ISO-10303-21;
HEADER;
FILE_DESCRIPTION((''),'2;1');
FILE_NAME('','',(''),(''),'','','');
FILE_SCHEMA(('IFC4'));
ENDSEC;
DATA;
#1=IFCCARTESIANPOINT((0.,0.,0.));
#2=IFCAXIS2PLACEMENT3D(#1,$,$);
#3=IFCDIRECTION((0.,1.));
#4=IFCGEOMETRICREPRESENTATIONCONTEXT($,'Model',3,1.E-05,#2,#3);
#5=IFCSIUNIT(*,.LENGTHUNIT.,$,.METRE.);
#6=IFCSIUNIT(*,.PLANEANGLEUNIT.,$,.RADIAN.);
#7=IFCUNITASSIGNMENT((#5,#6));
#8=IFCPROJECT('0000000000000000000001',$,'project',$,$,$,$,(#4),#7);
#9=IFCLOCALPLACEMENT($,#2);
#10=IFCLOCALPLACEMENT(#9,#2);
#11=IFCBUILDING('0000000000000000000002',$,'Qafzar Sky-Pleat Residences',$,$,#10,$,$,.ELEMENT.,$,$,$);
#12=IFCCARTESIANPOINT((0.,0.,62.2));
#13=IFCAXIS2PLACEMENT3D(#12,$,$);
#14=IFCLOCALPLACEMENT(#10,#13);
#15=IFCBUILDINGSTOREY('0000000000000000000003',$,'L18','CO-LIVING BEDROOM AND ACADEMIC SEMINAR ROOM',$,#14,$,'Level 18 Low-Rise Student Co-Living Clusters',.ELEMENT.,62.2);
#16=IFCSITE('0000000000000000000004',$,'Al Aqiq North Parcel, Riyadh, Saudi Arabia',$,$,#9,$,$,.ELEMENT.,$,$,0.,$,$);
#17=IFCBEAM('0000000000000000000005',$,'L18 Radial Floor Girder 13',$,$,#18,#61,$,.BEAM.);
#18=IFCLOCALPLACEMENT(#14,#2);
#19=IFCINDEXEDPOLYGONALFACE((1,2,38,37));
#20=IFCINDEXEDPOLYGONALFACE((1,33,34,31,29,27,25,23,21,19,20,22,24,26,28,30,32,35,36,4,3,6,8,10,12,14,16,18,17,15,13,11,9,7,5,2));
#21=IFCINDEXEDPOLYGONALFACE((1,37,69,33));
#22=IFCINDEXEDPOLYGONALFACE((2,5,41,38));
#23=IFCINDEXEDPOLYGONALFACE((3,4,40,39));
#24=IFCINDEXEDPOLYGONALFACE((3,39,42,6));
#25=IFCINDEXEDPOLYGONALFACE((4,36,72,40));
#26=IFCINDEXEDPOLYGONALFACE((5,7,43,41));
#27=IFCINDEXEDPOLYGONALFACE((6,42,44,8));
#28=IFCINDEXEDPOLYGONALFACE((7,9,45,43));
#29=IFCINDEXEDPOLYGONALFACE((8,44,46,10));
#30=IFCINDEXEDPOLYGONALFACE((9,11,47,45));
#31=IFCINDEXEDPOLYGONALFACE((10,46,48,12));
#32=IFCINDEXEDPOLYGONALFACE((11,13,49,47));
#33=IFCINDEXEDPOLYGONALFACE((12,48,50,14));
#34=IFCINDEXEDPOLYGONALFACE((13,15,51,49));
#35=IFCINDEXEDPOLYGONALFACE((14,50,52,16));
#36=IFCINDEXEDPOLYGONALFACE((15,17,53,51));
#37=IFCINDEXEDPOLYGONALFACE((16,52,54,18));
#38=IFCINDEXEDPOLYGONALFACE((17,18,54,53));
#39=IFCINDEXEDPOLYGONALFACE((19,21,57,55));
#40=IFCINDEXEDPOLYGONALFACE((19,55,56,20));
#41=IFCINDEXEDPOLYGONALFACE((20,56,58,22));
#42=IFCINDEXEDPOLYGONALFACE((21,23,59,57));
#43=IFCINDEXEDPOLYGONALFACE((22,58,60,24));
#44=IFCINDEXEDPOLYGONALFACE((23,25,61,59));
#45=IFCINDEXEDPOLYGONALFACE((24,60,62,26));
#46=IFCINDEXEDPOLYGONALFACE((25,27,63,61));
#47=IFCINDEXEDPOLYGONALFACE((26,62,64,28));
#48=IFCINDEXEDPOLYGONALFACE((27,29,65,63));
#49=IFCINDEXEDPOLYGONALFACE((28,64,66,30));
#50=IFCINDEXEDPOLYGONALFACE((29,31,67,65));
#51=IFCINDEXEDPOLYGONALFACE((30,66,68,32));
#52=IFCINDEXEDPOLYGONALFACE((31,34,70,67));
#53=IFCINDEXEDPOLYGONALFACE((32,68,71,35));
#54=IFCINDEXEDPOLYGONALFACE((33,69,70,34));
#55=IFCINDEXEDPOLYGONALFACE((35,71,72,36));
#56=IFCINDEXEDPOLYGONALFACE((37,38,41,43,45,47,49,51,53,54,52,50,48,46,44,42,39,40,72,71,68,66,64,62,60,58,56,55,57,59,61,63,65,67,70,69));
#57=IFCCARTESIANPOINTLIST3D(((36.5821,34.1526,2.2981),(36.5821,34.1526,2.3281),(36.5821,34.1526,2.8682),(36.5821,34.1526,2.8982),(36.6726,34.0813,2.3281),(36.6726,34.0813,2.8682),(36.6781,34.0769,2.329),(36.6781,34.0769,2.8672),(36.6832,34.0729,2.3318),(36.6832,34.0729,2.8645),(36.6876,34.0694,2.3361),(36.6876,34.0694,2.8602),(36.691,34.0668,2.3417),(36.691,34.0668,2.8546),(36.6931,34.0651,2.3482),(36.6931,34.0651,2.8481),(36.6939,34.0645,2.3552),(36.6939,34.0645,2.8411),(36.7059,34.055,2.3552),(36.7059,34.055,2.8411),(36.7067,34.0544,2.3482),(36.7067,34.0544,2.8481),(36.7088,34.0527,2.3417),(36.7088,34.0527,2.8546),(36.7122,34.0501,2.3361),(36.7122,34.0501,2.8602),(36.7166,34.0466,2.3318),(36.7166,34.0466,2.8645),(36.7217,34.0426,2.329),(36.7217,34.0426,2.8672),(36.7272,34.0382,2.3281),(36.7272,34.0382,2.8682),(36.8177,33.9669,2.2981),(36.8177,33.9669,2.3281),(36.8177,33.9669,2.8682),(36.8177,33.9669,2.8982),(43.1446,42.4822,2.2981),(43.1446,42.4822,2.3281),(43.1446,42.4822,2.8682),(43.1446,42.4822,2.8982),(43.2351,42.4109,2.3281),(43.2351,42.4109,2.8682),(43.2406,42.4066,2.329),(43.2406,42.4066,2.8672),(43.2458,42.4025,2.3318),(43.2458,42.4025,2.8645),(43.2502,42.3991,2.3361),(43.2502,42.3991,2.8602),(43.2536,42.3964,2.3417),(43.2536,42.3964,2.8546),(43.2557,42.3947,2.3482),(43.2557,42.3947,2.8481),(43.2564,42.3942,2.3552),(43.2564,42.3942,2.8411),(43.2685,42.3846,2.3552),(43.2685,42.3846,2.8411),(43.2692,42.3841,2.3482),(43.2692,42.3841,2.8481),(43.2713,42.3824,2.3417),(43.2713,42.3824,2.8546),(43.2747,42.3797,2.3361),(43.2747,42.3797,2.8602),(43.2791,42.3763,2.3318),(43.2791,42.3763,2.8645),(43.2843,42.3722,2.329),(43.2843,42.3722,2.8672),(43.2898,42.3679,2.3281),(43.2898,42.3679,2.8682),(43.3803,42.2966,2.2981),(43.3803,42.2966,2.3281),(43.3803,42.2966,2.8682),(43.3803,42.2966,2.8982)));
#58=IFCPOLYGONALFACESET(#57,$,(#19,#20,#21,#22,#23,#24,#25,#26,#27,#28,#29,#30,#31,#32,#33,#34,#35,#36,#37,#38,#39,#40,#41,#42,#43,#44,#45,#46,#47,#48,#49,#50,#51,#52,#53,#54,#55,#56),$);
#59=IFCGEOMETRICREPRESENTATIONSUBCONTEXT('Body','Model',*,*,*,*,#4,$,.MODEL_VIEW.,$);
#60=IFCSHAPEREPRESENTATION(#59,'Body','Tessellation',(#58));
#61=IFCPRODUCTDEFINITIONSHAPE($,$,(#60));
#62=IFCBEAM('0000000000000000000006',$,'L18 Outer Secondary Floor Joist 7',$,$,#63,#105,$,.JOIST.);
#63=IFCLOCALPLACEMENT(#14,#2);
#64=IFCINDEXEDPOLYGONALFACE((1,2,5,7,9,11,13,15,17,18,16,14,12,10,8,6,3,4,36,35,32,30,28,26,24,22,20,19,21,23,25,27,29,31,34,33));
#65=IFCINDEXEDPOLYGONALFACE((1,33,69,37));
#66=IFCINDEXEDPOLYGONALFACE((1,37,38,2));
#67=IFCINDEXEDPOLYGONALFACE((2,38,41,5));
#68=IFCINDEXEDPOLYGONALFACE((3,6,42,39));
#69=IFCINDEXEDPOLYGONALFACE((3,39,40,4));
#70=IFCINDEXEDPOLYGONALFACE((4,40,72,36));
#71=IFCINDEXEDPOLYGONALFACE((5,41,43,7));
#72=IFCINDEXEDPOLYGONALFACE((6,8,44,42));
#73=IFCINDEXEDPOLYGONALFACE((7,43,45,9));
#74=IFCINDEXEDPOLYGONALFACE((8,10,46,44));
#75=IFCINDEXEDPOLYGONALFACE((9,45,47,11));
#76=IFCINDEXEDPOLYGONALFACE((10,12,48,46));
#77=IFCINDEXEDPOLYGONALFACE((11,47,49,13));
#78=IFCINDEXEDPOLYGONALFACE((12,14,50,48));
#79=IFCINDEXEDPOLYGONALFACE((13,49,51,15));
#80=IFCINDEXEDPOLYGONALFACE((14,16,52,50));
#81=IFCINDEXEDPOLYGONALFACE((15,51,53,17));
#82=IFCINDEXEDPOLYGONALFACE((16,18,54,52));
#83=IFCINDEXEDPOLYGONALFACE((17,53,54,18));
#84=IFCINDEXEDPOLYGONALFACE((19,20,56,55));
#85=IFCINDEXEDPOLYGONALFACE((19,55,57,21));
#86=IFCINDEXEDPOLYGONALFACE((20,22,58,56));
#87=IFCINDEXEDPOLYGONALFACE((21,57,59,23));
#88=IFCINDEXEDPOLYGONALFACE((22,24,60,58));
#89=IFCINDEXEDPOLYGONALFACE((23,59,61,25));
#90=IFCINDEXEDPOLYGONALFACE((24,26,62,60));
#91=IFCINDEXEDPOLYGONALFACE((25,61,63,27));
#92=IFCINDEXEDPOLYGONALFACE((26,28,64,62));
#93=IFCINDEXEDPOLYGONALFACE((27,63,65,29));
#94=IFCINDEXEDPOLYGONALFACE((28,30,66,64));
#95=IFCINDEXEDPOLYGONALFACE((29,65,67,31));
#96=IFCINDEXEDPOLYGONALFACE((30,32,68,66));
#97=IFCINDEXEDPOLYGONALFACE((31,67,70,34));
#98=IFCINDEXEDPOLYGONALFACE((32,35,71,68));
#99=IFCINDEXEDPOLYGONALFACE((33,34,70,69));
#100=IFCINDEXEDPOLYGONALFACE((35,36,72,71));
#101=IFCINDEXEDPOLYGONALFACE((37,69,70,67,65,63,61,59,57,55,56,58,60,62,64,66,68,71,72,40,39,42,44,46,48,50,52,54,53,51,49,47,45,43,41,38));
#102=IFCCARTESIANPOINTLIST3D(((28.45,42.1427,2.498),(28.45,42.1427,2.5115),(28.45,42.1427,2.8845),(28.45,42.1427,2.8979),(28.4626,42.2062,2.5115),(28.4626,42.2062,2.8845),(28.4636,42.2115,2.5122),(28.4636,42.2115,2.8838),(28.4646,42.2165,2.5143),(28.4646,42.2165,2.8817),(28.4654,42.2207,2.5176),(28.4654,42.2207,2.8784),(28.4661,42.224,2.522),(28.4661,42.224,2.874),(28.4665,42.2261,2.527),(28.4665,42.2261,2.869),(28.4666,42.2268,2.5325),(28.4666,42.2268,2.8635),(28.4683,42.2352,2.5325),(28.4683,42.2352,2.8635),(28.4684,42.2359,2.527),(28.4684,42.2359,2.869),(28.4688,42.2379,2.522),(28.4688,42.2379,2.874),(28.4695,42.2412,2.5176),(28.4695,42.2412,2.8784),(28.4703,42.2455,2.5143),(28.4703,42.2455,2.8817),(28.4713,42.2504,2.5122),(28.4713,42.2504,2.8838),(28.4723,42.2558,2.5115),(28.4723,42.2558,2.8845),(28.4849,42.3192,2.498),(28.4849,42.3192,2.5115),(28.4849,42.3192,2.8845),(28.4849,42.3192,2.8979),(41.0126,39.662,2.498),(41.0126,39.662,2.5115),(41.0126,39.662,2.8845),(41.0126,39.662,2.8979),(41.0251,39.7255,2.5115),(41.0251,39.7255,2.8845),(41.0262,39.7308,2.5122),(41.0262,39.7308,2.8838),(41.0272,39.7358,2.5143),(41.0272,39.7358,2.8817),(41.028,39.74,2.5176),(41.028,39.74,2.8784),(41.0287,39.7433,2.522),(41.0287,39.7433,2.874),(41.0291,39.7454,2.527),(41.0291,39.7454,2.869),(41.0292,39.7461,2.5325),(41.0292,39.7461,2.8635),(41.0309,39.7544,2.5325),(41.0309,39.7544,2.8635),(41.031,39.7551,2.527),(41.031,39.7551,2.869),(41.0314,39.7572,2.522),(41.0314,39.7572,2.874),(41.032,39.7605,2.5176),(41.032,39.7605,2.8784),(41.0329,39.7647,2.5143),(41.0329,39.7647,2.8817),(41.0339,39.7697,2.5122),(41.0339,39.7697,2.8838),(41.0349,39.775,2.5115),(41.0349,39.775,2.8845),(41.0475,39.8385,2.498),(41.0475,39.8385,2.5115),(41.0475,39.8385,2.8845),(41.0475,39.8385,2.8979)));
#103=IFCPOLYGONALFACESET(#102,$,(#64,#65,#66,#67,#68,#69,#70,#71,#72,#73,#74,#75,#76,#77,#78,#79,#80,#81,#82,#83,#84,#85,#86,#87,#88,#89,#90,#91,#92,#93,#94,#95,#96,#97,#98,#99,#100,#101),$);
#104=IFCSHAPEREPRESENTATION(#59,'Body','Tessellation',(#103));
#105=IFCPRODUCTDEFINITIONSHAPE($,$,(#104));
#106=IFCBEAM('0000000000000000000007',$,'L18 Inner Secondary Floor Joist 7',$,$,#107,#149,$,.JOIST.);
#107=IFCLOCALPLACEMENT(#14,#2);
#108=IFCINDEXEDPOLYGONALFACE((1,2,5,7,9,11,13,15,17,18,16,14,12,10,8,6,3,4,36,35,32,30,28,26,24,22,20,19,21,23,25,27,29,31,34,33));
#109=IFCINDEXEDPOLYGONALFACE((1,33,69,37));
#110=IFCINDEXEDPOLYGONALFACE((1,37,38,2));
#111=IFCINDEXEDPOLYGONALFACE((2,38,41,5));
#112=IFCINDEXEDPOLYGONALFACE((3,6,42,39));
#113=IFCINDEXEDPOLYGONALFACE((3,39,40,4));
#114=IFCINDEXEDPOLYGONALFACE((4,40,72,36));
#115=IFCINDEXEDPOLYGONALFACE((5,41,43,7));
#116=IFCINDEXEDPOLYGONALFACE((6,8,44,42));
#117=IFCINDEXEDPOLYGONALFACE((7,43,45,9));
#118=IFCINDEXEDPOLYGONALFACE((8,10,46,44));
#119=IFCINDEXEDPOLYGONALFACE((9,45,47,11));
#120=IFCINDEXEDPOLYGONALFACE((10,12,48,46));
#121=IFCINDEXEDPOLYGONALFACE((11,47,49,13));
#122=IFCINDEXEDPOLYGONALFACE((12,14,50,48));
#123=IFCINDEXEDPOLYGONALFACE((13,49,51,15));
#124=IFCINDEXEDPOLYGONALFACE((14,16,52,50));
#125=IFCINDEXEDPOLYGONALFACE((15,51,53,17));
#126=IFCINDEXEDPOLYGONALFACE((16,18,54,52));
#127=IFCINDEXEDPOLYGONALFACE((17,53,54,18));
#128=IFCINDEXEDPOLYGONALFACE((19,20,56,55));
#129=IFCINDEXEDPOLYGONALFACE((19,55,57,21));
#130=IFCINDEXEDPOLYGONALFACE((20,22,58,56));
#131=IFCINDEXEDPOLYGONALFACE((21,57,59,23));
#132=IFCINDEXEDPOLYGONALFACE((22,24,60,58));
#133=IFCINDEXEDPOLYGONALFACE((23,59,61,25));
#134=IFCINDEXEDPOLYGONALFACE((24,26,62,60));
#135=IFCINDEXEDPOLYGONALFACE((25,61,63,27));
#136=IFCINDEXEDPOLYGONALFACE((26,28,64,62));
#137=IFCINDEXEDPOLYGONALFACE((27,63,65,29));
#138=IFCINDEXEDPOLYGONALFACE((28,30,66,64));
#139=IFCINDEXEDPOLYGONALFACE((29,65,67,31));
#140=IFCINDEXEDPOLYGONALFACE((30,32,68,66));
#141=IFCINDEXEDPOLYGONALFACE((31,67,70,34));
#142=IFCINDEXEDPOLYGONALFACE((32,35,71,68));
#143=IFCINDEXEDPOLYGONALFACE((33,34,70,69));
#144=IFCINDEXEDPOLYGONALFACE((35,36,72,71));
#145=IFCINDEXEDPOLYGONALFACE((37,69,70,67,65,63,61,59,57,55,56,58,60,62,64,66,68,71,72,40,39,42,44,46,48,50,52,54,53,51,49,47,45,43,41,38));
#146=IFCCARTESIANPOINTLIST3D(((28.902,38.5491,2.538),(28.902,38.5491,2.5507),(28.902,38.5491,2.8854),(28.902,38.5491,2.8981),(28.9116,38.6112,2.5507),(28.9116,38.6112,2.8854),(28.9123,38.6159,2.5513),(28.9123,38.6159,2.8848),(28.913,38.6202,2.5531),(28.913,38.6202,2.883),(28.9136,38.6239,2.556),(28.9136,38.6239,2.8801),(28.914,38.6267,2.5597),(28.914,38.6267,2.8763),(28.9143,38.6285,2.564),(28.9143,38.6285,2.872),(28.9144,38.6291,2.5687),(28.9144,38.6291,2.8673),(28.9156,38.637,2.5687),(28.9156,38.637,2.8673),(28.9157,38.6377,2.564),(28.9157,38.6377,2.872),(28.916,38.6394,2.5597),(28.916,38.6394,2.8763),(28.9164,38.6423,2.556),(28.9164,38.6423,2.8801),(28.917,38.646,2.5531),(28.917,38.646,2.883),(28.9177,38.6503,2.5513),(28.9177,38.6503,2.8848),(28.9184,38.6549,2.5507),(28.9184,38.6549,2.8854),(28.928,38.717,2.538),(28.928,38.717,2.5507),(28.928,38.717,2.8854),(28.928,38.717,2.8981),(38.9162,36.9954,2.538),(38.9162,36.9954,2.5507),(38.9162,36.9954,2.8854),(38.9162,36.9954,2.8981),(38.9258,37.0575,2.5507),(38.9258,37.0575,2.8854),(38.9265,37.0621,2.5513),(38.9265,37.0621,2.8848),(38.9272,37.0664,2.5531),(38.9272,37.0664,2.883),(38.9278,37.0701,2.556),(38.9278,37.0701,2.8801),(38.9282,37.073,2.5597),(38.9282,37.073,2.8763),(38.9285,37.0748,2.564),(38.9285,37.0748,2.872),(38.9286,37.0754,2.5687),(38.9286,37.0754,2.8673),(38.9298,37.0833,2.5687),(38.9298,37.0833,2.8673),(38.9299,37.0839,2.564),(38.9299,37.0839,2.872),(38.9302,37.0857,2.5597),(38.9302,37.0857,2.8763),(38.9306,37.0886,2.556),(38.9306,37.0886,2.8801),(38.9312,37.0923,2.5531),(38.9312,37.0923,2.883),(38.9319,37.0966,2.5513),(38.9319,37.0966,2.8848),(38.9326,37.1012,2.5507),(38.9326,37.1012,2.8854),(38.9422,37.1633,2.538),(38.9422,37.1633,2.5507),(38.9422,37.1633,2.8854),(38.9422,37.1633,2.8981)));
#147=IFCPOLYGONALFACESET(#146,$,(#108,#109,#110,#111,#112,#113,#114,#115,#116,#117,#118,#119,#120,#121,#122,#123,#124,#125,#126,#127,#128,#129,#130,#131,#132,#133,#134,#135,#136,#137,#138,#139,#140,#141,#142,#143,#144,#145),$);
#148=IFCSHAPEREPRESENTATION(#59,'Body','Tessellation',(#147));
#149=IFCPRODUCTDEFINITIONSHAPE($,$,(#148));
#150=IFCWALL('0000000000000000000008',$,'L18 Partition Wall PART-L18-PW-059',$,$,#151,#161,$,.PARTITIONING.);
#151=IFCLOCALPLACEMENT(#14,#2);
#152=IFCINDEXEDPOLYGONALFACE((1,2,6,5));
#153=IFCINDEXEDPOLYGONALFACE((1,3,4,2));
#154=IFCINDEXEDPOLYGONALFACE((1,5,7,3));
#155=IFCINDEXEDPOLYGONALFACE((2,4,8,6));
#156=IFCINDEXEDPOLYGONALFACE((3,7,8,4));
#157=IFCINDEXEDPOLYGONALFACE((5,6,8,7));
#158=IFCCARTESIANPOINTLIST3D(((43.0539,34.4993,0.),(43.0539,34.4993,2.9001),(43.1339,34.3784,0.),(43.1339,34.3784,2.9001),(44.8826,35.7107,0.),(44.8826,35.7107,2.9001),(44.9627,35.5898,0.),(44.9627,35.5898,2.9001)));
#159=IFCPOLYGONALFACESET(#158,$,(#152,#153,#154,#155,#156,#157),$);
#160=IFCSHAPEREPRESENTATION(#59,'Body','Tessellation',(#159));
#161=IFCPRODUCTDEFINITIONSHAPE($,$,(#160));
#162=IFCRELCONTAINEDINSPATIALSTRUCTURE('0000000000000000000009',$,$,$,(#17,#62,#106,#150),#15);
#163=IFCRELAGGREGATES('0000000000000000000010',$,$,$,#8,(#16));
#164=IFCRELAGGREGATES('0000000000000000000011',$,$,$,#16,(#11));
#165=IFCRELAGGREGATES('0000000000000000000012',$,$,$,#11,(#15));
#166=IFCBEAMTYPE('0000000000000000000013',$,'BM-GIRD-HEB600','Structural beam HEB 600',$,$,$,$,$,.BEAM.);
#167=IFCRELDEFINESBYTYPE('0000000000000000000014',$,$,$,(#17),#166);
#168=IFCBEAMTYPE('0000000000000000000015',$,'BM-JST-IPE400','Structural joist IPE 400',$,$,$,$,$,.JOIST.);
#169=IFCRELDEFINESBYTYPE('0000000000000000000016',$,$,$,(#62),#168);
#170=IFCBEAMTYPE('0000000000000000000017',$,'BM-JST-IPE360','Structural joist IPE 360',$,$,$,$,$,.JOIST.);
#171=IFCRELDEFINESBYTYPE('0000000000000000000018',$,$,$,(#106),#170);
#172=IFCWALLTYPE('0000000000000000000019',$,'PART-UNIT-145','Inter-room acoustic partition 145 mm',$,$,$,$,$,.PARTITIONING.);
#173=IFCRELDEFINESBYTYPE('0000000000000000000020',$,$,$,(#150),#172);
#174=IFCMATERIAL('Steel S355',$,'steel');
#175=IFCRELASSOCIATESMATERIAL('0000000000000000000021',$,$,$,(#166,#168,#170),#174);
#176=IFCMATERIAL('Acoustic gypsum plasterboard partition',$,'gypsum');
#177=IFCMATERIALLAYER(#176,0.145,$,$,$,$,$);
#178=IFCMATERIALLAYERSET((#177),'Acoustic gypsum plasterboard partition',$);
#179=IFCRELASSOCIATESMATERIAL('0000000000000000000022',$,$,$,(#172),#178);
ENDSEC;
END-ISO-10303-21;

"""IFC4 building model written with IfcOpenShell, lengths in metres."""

from ifc_helpers import new_model, si_unit, direction, frame, frame_2d, origin, origin_2d, place, context, subcontext, project, spatial, rectangle, i_section, extrude, source, transform, mapped, material, layer, layer_set, material_profile, profile_set, type_object, element, save


model = new_model("IFC4")

# Units and contexts
model_context = context("Model", 3, precision=1e-05, world=origin(), true_north=direction((0.0, 1.0)))
body_context = subcontext(model_context, "Body", "Model", "MODEL_VIEW")
ifc_project = project(units=[si_unit("LENGTHUNIT", "METRE"), si_unit("PLANEANGLEUNIT", "RADIAN")], contexts=[model_context])

# Site, building, storey
site_placement = place(None, origin())
site = spatial("IfcSite", under=ifc_project, at=site_placement, Name="Al Aqiq North Parcel, Riyadh, Saudi Arabia", CompositionType="ELEMENT", RefElevation=0.0)
building_placement = place(site_placement, origin())
building = spatial("IfcBuilding", under=site, at=building_placement, Name="Qafzar Sky-Pleat Residences", CompositionType="ELEMENT")
storey_placement = place(building_placement, frame((0.0, 0.0, 62.2)))
storey = spatial("IfcBuildingStorey", under=building, at=storey_placement, Name="L18", Description="CO-LIVING BEDROOM AND ACADEMIC SEMINAR ROOM", LongName="Level 18 Low-Rise Student Co-Living Clusters", CompositionType="ELEMENT", Elevation=62.2)

# Beams
ifc_material_1 = material(Name="Steel S355", Category="steel")
ifc_material_profile_1 = material_profile(ifc_material_1, i_section(OverallWidth=0.3, OverallDepth=0.6001, WebThickness=0.0154, FlangeThickness=0.03, FilletRadius=0.0271, at=origin_2d()), Name="HEB 600")
ifc_profile_set_1 = profile_set([ifc_material_profile_1], Name="Steel S355")
beam_type_1 = type_object("IfcBeamType", Name="BM-GIRD-HEB600", Description="Structural beam HEB 600", PredefinedType="BEAM", material=ifc_profile_set_1)
shared_shape_1 = source(origin(), body_context, "Body", "SweptSolid", [
    extrude(i_section(OverallWidth=0.3, OverallDepth=0.6001, WebThickness=0.0154, FlangeThickness=0.03, FilletRadius=0.0271, at=origin_2d()), origin(), (0.0, 0.0, 1.0), 10.6042),
])
beam_1_placement = place(storey_placement, frame((43.2625, 42.3894, 2.5981), z_axis=(-0.61886, -0.785501, 0.0), x_axis=(0.785501, -0.61886, 0.0)))
element("IfcBeam", 1, at=beam_1_placement, inside=storey, type_object=beam_type_1, Name="L18 Radial Floor Girder 13", PredefinedType="BEAM", context=body_context, shape_type="MappedRepresentation", body=[
    mapped(shared_shape_1, transform((0.0, 0.0, 0.0), x_axis=(1.0, 0.0, 0.0), y_axis=(0.0, 1.0, 0.0), z_axis=(0.0, 0.0, 1.0), scale=1.0)),
])
ifc_material_profile_2 = material_profile(ifc_material_1, i_section(OverallWidth=0.1799, OverallDepth=0.3999, WebThickness=0.0085, FlangeThickness=0.0134, FilletRadius=0.021, at=origin_2d()), Name="IPE 400")
ifc_profile_set_2 = profile_set([ifc_material_profile_2], Name="Steel S355")
beam_type_2 = type_object("IfcBeamType", Name="BM-JST-IPE400", Description="Structural joist IPE 400", PredefinedType="JOIST", material=ifc_profile_set_2)
shared_shape_2 = source(origin(), body_context, "Body", "SweptSolid", [
    extrude(i_section(OverallWidth=0.1799, OverallDepth=0.3999, WebThickness=0.0085, FlangeThickness=0.0134, FilletRadius=0.021, at=origin_2d()), origin(), (0.0, 0.0, 1.0), 12.8052),
])
beam_2_placement = place(storey_placement, frame((41.03, 39.7502, 2.698), z_axis=(-0.981055, 0.193729, 0.0), x_axis=(-0.193729, -0.981055, 0.0)))
element("IfcBeam", 2, at=beam_2_placement, inside=storey, type_object=beam_type_2, Name="L18 Outer Secondary Floor Joist 7", PredefinedType="JOIST", context=body_context, shape_type="MappedRepresentation", body=[
    mapped(shared_shape_2, transform((0.0, 0.0, 0.0), x_axis=(1.0, 0.0, 0.0), y_axis=(0.0, 1.0, 0.0), z_axis=(0.0, 0.0, 1.0), scale=1.0)),
])
ifc_material_profile_3 = material_profile(ifc_material_1, i_section(OverallWidth=0.1699, OverallDepth=0.3601, WebThickness=0.0081, FlangeThickness=0.0127, FilletRadius=0.0181, at=origin_2d()), Name="IPE 360")
ifc_profile_set_3 = profile_set([ifc_material_profile_3], Name="Steel S355")
beam_type_3 = type_object("IfcBeamType", Name="BM-JST-IPE360", Description="Structural joist IPE 360", PredefinedType="JOIST", material=ifc_profile_set_3)
shared_shape_3 = source(origin(), body_context, "Body", "SweptSolid", [
    extrude(i_section(OverallWidth=0.1699, OverallDepth=0.3601, WebThickness=0.0081, FlangeThickness=0.0127, FilletRadius=0.0181, at=origin_2d()), origin(), (0.0, 0.0, 1.0), 10.134),
])
beam_3_placement = place(storey_placement, frame((38.9292, 37.0793, 2.718), z_axis=(-0.988177, 0.153317, 0.0), x_axis=(-0.153317, -0.988177, 0.0)))
element("IfcBeam", 3, at=beam_3_placement, inside=storey, type_object=beam_type_3, Name="L18 Inner Secondary Floor Joist 7", PredefinedType="JOIST", context=body_context, shape_type="MappedRepresentation", body=[
    mapped(shared_shape_3, transform((0.0, 0.0, 0.0), x_axis=(1.0, 0.0, 0.0), y_axis=(0.0, 1.0, 0.0), z_axis=(0.0, 0.0, 1.0), scale=1.0)),
])

# Wall
ifc_material_2 = material(Name="Acoustic gypsum plasterboard partition", Category="gypsum")
ifc_layer_1 = layer(ifc_material_2, 0.145)
ifc_layer_set_1 = layer_set([ifc_layer_1], Name="Acoustic gypsum plasterboard partition")
wall_type_1 = type_object("IfcWallType", Name="PART-UNIT-145", Description="Inter-room acoustic partition 145 mm", PredefinedType="PARTITIONING", material=ifc_layer_set_1)
wall_1_placement = place(storey_placement, frame((43.094, 34.439, 0.0), z_axis=(0.0, 0.0, 1.0), x_axis=(0.83369, 0.552232, 0.0)))
element("IfcWall", 4, at=wall_1_placement, inside=storey, type_object=wall_type_1, Name="L18 Partition Wall PART-L18-PW-059", PredefinedType="PARTITIONING", context=body_context, shape_type="SweptSolid", body=[
    extrude(rectangle(XDim=2.1936, YDim=0.145, at=frame_2d((1.0967, 0.0))), origin(), (0.0, 0.0, 1.0), 2.9001),
])

save(model, "model.ifc")
